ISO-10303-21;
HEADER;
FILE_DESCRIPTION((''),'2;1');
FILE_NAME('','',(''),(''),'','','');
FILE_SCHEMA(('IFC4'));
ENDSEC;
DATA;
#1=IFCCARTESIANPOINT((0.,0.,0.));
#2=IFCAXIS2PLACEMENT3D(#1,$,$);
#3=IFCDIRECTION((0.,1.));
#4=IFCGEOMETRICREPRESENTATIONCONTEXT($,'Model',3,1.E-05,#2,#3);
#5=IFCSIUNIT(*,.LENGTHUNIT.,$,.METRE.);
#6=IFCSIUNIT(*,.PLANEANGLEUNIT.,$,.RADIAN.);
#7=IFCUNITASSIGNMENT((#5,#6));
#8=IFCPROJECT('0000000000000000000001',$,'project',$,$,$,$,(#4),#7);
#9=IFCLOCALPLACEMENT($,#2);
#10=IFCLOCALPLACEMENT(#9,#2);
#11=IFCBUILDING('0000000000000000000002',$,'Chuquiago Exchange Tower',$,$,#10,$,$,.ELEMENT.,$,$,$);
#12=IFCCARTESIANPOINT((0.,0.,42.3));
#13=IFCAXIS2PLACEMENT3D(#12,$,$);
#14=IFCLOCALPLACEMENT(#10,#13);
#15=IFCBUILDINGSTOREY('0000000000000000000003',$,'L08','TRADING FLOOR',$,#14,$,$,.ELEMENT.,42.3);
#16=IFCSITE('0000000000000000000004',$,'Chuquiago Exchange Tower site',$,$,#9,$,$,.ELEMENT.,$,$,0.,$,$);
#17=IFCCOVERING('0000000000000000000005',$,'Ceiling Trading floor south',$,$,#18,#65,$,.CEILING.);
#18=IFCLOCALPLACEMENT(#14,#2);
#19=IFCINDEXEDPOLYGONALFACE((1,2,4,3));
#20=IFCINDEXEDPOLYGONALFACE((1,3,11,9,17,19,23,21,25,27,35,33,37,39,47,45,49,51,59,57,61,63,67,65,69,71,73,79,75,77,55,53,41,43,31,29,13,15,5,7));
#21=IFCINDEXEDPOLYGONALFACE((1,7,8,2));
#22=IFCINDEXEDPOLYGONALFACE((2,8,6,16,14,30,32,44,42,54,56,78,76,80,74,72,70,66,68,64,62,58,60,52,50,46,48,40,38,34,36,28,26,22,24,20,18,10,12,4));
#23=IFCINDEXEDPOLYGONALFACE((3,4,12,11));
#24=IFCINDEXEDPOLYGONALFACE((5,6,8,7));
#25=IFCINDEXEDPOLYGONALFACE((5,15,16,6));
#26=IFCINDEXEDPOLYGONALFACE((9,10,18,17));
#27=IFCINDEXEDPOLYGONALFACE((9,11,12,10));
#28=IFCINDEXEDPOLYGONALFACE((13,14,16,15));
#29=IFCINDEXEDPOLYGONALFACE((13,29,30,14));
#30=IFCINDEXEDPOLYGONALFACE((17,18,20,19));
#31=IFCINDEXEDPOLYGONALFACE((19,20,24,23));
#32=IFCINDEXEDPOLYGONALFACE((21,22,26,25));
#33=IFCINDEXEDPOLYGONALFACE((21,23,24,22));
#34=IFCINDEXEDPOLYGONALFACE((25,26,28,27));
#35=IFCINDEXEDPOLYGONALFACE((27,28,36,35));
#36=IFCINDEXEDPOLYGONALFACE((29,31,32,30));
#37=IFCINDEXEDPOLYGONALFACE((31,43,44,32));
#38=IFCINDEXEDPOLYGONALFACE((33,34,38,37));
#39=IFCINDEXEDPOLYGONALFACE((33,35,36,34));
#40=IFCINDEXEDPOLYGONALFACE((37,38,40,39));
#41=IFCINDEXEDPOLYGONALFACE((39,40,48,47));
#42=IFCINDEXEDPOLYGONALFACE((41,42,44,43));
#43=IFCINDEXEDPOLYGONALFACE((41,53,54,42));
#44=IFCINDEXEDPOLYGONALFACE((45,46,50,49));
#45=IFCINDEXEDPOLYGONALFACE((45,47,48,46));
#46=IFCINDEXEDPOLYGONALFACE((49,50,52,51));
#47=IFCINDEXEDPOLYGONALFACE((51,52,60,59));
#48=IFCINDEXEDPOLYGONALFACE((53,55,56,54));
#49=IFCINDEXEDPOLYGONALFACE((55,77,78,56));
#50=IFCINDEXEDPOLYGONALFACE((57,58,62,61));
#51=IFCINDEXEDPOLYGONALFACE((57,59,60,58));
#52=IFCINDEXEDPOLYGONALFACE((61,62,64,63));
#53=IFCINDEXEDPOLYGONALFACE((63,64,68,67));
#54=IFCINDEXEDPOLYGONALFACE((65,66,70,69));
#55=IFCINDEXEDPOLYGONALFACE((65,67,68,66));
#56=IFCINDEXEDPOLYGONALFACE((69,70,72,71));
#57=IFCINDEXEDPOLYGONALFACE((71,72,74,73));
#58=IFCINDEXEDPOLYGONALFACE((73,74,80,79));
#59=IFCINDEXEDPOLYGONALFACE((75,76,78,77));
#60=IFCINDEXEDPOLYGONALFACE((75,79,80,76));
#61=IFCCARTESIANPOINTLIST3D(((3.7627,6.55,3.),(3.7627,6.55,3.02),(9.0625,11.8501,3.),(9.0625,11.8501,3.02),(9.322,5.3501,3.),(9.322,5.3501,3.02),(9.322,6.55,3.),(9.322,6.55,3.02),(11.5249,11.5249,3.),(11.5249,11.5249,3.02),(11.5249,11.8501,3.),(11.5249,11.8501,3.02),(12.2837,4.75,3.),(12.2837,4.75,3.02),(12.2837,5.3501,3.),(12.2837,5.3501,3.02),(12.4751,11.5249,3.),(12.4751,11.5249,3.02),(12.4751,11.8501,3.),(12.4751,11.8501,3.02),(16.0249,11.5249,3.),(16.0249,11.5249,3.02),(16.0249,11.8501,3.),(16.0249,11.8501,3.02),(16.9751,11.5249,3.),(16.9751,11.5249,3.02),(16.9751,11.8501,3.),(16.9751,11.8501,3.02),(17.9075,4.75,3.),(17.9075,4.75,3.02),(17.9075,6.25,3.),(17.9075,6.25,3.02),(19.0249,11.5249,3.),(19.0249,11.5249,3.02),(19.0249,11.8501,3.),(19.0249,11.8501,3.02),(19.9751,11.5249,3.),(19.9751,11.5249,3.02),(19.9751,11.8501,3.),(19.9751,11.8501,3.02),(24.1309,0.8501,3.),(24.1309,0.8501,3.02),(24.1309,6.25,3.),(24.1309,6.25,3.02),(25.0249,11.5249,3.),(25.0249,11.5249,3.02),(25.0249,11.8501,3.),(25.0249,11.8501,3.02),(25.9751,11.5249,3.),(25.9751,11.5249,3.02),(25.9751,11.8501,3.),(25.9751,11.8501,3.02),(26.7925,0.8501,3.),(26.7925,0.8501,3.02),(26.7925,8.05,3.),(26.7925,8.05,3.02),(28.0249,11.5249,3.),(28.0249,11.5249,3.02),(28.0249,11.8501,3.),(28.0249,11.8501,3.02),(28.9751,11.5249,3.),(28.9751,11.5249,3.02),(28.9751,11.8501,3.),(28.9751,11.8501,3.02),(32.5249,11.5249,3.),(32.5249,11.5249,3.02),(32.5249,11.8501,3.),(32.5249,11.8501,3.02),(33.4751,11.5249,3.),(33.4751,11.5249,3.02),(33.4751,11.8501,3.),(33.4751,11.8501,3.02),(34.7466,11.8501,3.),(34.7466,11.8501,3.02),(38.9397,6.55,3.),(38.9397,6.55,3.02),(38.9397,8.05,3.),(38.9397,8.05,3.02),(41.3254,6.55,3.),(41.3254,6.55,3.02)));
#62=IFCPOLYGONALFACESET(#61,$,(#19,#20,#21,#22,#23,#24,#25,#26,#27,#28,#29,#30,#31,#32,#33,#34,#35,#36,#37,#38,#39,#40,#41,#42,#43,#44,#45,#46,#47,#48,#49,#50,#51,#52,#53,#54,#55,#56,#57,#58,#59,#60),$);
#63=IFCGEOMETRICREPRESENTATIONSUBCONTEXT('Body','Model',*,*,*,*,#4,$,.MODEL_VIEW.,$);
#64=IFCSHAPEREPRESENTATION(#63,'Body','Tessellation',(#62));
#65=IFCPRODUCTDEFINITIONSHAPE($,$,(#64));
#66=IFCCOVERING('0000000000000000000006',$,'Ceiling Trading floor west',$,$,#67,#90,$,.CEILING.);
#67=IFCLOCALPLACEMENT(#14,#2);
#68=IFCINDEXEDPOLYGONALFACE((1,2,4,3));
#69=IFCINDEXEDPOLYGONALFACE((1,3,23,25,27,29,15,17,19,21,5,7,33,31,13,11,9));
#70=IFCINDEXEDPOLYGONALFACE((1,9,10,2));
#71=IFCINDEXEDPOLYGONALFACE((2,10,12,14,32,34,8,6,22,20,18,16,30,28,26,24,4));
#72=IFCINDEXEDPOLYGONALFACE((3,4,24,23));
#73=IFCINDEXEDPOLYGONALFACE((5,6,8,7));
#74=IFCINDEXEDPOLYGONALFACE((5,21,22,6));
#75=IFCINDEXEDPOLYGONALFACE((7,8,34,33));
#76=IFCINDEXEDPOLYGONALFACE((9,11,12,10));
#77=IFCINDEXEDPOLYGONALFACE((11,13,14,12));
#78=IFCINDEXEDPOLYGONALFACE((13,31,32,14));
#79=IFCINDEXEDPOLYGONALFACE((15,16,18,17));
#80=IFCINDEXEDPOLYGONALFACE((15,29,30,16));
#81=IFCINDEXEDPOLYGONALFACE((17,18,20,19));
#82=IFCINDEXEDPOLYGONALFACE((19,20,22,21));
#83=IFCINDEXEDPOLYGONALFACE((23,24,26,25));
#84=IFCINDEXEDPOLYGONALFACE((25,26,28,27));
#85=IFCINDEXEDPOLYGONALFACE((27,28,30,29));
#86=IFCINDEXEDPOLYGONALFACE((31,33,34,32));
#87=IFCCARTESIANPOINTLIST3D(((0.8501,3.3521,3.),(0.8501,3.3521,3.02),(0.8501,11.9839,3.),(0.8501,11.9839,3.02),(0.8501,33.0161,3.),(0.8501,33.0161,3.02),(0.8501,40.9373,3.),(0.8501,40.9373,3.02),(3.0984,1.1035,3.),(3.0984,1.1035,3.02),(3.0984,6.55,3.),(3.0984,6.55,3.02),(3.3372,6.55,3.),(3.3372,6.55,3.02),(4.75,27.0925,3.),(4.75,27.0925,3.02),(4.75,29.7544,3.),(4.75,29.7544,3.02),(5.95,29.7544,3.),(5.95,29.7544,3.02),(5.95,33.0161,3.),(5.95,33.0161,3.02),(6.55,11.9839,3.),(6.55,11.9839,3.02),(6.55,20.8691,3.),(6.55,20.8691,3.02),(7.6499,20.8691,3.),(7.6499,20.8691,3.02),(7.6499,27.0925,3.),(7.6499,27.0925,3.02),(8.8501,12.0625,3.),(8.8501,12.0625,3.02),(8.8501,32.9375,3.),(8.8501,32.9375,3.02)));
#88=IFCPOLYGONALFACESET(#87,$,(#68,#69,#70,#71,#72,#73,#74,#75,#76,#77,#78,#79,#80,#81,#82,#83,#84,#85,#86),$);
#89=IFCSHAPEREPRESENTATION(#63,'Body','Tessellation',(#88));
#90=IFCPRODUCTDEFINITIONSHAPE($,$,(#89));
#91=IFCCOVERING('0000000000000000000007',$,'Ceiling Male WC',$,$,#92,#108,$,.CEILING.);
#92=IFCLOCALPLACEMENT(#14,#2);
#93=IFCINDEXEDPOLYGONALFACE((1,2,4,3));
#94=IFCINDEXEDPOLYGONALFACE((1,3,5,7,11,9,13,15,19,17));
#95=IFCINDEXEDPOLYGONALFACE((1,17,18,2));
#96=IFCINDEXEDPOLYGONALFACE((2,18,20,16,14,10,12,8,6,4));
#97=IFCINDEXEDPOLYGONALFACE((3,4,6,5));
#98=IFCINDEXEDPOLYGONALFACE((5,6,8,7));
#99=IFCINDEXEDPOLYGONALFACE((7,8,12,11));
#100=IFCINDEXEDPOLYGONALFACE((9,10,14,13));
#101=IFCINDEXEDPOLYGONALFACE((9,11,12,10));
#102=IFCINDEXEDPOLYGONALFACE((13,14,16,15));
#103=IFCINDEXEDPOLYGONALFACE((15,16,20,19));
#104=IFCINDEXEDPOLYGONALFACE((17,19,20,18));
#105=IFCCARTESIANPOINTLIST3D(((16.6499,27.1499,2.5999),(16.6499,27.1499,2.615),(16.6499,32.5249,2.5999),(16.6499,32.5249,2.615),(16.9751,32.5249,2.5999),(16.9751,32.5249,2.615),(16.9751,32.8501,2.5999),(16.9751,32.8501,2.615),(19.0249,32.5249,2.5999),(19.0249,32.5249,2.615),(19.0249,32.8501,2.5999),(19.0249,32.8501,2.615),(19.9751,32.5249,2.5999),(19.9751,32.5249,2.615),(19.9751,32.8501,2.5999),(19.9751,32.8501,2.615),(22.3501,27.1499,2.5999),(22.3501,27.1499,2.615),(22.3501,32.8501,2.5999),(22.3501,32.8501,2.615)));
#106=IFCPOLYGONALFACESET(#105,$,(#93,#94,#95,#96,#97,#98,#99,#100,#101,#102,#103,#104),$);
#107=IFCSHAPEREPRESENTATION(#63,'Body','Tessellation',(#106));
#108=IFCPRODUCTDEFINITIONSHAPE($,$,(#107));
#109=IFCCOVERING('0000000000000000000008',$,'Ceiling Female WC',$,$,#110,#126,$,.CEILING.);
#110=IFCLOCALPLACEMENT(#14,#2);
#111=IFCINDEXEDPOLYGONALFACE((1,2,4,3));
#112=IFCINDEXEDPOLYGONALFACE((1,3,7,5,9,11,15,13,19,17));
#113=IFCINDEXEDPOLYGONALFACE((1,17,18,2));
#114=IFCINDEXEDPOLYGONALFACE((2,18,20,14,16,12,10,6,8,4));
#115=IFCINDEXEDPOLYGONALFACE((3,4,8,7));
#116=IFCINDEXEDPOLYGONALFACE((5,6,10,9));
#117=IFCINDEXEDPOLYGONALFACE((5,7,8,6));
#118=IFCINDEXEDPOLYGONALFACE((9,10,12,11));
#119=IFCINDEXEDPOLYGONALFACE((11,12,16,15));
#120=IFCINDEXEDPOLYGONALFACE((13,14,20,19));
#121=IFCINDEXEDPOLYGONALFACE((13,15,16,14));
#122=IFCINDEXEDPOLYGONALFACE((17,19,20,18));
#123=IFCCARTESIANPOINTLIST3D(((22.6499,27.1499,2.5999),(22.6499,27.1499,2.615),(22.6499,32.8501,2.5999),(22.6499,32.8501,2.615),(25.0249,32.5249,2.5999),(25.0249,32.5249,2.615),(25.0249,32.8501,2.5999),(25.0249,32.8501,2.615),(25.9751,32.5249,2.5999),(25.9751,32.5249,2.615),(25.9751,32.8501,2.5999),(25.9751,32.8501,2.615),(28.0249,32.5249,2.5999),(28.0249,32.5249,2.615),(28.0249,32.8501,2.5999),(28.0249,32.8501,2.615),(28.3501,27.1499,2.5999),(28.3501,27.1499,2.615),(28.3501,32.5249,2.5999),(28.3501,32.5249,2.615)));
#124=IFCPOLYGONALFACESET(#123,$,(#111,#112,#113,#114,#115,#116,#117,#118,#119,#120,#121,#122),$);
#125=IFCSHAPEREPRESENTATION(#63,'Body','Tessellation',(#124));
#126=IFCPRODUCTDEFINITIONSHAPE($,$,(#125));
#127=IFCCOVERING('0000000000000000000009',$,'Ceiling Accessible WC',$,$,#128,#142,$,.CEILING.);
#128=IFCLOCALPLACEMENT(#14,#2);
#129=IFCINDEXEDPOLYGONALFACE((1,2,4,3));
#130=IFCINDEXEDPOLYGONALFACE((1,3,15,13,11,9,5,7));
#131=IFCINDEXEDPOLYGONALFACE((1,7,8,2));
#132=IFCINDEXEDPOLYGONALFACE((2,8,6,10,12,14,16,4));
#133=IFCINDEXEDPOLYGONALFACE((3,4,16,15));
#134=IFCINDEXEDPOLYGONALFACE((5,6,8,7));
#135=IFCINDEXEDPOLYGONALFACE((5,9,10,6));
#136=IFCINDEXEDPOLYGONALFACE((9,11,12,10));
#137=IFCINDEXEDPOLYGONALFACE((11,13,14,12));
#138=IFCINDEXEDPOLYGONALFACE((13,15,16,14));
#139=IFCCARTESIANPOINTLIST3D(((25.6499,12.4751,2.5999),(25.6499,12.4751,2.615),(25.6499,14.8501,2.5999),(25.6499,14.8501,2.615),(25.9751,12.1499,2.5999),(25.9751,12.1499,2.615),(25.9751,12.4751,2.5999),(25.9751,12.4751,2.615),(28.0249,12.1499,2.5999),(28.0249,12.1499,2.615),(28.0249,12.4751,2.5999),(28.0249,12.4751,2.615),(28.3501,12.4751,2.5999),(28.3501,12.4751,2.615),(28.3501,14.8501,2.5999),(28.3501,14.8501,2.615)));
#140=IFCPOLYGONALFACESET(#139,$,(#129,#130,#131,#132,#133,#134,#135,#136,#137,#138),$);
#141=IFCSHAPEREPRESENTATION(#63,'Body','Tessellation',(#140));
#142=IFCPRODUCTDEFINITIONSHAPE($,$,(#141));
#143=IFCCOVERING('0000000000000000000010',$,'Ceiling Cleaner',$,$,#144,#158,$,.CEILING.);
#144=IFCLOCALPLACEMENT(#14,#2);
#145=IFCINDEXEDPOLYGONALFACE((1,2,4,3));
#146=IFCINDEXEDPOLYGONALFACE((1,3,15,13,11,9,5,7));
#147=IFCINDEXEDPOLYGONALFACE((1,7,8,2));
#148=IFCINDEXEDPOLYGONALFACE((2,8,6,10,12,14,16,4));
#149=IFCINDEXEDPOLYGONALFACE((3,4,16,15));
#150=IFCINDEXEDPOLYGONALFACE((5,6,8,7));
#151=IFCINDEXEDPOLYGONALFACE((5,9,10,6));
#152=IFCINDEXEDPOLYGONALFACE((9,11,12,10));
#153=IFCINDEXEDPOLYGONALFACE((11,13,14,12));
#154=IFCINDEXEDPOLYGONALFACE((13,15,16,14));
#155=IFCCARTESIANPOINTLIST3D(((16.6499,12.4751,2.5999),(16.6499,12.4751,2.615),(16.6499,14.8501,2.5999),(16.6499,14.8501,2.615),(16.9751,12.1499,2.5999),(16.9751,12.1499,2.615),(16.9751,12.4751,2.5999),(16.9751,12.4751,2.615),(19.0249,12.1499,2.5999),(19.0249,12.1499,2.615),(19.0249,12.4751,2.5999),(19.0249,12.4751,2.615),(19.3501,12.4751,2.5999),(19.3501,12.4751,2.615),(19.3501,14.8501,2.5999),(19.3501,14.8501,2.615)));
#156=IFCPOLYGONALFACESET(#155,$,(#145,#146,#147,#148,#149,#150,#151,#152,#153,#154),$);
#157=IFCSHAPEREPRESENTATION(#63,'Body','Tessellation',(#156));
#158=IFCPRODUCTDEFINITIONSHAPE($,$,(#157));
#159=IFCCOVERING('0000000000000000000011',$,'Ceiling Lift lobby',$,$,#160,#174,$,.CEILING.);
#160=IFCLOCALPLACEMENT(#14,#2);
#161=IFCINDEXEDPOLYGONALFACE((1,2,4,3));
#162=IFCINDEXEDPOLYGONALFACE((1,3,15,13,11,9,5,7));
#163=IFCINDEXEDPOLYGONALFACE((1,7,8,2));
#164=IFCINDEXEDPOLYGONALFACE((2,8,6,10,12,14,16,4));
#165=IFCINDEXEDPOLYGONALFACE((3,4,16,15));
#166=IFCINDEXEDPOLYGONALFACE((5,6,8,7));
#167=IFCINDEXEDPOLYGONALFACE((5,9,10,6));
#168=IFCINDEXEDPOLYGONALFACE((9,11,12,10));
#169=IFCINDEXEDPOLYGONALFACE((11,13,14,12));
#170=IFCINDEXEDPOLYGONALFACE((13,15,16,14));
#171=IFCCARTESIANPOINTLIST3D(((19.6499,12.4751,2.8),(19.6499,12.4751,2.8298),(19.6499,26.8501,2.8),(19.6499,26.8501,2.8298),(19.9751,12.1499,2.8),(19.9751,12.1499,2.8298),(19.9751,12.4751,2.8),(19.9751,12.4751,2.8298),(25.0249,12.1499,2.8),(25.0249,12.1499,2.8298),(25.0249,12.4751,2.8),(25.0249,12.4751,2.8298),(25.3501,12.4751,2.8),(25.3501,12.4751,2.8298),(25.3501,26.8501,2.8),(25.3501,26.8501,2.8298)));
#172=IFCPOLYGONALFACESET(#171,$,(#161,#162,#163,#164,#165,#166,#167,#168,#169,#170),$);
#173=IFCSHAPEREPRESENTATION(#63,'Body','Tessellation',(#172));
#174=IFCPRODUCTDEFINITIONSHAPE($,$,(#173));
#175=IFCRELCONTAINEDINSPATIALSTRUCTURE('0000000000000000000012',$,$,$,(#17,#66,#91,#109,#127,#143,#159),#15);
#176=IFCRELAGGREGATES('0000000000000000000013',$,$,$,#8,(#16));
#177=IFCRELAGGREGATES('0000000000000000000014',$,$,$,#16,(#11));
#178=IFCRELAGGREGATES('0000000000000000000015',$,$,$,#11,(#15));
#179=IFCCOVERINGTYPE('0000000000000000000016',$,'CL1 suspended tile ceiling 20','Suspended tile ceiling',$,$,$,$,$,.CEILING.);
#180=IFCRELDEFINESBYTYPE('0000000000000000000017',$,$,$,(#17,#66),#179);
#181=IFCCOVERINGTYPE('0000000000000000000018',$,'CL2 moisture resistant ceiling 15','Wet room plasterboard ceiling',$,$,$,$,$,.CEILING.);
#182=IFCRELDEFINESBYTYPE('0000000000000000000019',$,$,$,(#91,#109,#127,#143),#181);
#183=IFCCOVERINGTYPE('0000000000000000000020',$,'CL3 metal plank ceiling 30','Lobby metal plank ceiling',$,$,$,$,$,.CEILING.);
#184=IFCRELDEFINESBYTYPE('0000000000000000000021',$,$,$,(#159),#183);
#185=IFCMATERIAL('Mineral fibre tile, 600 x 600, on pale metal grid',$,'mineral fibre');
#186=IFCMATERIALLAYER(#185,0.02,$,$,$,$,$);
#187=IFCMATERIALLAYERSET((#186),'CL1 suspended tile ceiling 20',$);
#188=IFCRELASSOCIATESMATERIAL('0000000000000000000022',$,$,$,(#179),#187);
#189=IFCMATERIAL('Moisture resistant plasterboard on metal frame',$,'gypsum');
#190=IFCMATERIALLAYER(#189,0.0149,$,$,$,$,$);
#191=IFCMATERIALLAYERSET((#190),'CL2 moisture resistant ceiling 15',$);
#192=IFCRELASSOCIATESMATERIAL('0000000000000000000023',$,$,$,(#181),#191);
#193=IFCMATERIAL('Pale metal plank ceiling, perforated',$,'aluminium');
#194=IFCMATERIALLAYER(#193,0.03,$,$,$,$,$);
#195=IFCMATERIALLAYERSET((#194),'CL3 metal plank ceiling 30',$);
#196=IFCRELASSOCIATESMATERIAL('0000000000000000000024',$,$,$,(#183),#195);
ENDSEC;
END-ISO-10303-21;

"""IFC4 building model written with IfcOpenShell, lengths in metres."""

from ifc_helpers import new_model, si_unit, direction, frame, origin, place, context, subcontext, project, spatial, polyline, outline, extrude, material, layer, layer_set, type_object, element, save


model = new_model("IFC4")

# Units and contexts
model_context = context("Model", 3, precision=1e-05, world=origin(), true_north=direction((0.0, 1.0)))
body_context = subcontext(model_context, "Body", "Model", "MODEL_VIEW")
ifc_project = project(units=[si_unit("LENGTHUNIT", "METRE"), si_unit("PLANEANGLEUNIT", "RADIAN")], contexts=[model_context])

# Site, building, storey
site_placement = place(None, origin())
site = spatial("IfcSite", under=ifc_project, at=site_placement, Name="Chuquiago Exchange Tower site", CompositionType="ELEMENT", RefElevation=0.0)
building_placement = place(site_placement, origin())
building = spatial("IfcBuilding", under=site, at=building_placement, Name="Chuquiago Exchange Tower", CompositionType="ELEMENT")
storey_placement = place(building_placement, frame((0.0, 0.0, 42.3)))
storey = spatial("IfcBuildingStorey", under=building, at=storey_placement, Name="L08", Description="TRADING FLOOR", CompositionType="ELEMENT", Elevation=42.3)

# Coverings
ifc_material_1 = material(Name="Mineral fibre tile, 600 x 600, on pale metal grid", Category="mineral fibre")
ifc_layer_1 = layer(ifc_material_1, 0.02)
ifc_layer_set_1 = layer_set([ifc_layer_1], Name="CL1 suspended tile ceiling 20")
covering_type_1 = type_object("IfcCoveringType", Name="CL1 suspended tile ceiling 20", Description="Suspended tile ceiling", PredefinedType="CEILING", material=ifc_layer_set_1)
covering_1_placement = place(storey_placement, frame((0.0, 0.0, 3.0)))
element("IfcCovering", 1, at=covering_1_placement, inside=storey, type_object=covering_type_1, Name="Ceiling Trading floor south", PredefinedType="CEILING", context=body_context, shape_type="SweptSolid", body=[
    extrude(outline(polyline([(38.9397, 8.05), (26.7925, 8.05), (26.7925, 0.8501), (24.1309, 0.8501), (24.1309, 6.25), (17.9075, 6.25), (17.9075, 4.75), (12.2837, 4.75), (12.2837, 5.3501), (9.322, 5.3501), (9.322, 6.55), (3.7627, 6.55), (9.0625, 11.8501), (11.5249, 11.8501), (11.5249, 11.5249), (12.4751, 11.5249), (12.4751, 11.8501), (16.0249, 11.8501), (16.0249, 11.5249), (16.9751, 11.5249), (16.9751, 11.8501), (19.0249, 11.8501), (19.0249, 11.5249), (19.9751, 11.5249), (19.9751, 11.8501), (25.0249, 11.8501), (25.0249, 11.5249), (25.9751, 11.5249), (25.9751, 11.8501), (28.0249, 11.8501), (28.0249, 11.5249), (28.9751, 11.5249), (28.9751, 11.8501), (32.5249, 11.8501), (32.5249, 11.5249), (33.4751, 11.5249), (33.4751, 11.8501), (34.7466, 11.8501), (41.3254, 6.55), (38.9397, 6.55), (38.9397, 8.05)])), origin(), (0.0, 0.0, 1.0), 0.02),
])
covering_2_placement = place(storey_placement, frame((0.0, 0.0, 3.0)))
element("IfcCovering", 2, at=covering_2_placement, inside=storey, type_object=covering_type_1, Name="Ceiling Trading floor west", PredefinedType="CEILING", context=body_context, shape_type="SweptSolid", body=[
    extrude(outline(polyline([(6.55, 20.8691), (7.6499, 20.8691), (7.6499, 27.0925), (4.75, 27.0925), (4.75, 29.7544), (5.95, 29.7544), (5.95, 33.0161), (0.8501, 33.0161), (0.8501, 40.9373), (8.8501, 32.9375), (8.8501, 12.0625), (3.3372, 6.55), (3.0984, 6.55), (3.0984, 1.1035), (0.8501, 3.3521), (0.8501, 11.9839), (6.55, 11.9839), (6.55, 20.8691)])), origin(), (0.0, 0.0, 1.0), 0.02),
])
ifc_material_2 = material(Name="Moisture resistant plasterboard on metal frame", Category="gypsum")
ifc_layer_2 = layer(ifc_material_2, 0.0149)
ifc_layer_set_2 = layer_set([ifc_layer_2], Name="CL2 moisture resistant ceiling 15")
covering_type_2 = type_object("IfcCoveringType", Name="CL2 moisture resistant ceiling 15", Description="Wet room plasterboard ceiling", PredefinedType="CEILING", material=ifc_layer_set_2)
covering_3_placement = place(storey_placement, frame((0.0, 0.0, 2.5999)))
element("IfcCovering", 3, at=covering_3_placement, inside=storey, type_object=covering_type_2, Name="Ceiling Male WC", PredefinedType="CEILING", context=body_context, shape_type="SweptSolid", body=[
    extrude(outline(polyline([(16.6499, 27.1499), (16.6499, 32.5249), (16.9751, 32.5249), (16.9751, 32.8501), (19.0249, 32.8501), (19.0249, 32.5249), (19.9751, 32.5249), (19.9751, 32.8501), (22.3501, 32.8501), (22.3501, 27.1499), (16.6499, 27.1499)])), origin(), (0.0, 0.0, 1.0), 0.0151),
])
covering_4_placement = place(storey_placement, frame((0.0, 0.0, 2.5999)))
element("IfcCovering", 4, at=covering_4_placement, inside=storey, type_object=covering_type_2, Name="Ceiling Female WC", PredefinedType="CEILING", context=body_context, shape_type="SweptSolid", body=[
    extrude(outline(polyline([(22.6499, 27.1499), (22.6499, 32.8501), (25.0249, 32.8501), (25.0249, 32.5249), (25.9751, 32.5249), (25.9751, 32.8501), (28.0249, 32.8501), (28.0249, 32.5249), (28.3501, 32.5249), (28.3501, 27.1499), (22.6499, 27.1499)])), origin(), (0.0, 0.0, 1.0), 0.0151),
])
covering_5_placement = place(storey_placement, frame((0.0, 0.0, 2.5999)))
element("IfcCovering", 5, at=covering_5_placement, inside=storey, type_object=covering_type_2, Name="Ceiling Accessible WC", PredefinedType="CEILING", context=body_context, shape_type="SweptSolid", body=[
    extrude(outline(polyline([(25.9751, 12.1499), (25.9751, 12.4751), (25.6499, 12.4751), (25.6499, 14.8501), (28.3501, 14.8501), (28.3501, 12.4751), (28.0249, 12.4751), (28.0249, 12.1499), (25.9751, 12.1499)])), origin(), (0.0, 0.0, 1.0), 0.0151),
])
covering_6_placement = place(storey_placement, frame((0.0, 0.0, 2.5999)))
element("IfcCovering", 6, at=covering_6_placement, inside=storey, type_object=covering_type_2, Name="Ceiling Cleaner", PredefinedType="CEILING", context=body_context, shape_type="SweptSolid", body=[
    extrude(outline(polyline([(16.9751, 12.1499), (16.9751, 12.4751), (16.6499, 12.4751), (16.6499, 14.8501), (19.3501, 14.8501), (19.3501, 12.4751), (19.0249, 12.4751), (19.0249, 12.1499), (16.9751, 12.1499)])), origin(), (0.0, 0.0, 1.0), 0.0151),
])
ifc_material_3 = material(Name="Pale metal plank ceiling, perforated", Category="aluminium")
ifc_layer_3 = layer(ifc_material_3, 0.03)
ifc_layer_set_3 = layer_set([ifc_layer_3], Name="CL3 metal plank ceiling 30")
covering_type_3 = type_object("IfcCoveringType", Name="CL3 metal plank ceiling 30", Description="Lobby metal plank ceiling", PredefinedType="CEILING", material=ifc_layer_set_3)
covering_7_placement = place(storey_placement, frame((0.0, 0.0, 2.8)))
element("IfcCovering", 7, at=covering_7_placement, inside=storey, type_object=covering_type_3, Name="Ceiling Lift lobby", PredefinedType="CEILING", context=body_context, shape_type="SweptSolid", body=[
    extrude(outline(polyline([(19.9751, 12.1499), (19.9751, 12.4751), (19.6499, 12.4751), (19.6499, 26.8501), (25.3501, 26.8501), (25.3501, 12.4751), (25.0249, 12.4751), (25.0249, 12.1499), (19.9751, 12.1499)])), origin(), (0.0, 0.0, 1.0), 0.0298),
])

save(model, "model.ifc")
